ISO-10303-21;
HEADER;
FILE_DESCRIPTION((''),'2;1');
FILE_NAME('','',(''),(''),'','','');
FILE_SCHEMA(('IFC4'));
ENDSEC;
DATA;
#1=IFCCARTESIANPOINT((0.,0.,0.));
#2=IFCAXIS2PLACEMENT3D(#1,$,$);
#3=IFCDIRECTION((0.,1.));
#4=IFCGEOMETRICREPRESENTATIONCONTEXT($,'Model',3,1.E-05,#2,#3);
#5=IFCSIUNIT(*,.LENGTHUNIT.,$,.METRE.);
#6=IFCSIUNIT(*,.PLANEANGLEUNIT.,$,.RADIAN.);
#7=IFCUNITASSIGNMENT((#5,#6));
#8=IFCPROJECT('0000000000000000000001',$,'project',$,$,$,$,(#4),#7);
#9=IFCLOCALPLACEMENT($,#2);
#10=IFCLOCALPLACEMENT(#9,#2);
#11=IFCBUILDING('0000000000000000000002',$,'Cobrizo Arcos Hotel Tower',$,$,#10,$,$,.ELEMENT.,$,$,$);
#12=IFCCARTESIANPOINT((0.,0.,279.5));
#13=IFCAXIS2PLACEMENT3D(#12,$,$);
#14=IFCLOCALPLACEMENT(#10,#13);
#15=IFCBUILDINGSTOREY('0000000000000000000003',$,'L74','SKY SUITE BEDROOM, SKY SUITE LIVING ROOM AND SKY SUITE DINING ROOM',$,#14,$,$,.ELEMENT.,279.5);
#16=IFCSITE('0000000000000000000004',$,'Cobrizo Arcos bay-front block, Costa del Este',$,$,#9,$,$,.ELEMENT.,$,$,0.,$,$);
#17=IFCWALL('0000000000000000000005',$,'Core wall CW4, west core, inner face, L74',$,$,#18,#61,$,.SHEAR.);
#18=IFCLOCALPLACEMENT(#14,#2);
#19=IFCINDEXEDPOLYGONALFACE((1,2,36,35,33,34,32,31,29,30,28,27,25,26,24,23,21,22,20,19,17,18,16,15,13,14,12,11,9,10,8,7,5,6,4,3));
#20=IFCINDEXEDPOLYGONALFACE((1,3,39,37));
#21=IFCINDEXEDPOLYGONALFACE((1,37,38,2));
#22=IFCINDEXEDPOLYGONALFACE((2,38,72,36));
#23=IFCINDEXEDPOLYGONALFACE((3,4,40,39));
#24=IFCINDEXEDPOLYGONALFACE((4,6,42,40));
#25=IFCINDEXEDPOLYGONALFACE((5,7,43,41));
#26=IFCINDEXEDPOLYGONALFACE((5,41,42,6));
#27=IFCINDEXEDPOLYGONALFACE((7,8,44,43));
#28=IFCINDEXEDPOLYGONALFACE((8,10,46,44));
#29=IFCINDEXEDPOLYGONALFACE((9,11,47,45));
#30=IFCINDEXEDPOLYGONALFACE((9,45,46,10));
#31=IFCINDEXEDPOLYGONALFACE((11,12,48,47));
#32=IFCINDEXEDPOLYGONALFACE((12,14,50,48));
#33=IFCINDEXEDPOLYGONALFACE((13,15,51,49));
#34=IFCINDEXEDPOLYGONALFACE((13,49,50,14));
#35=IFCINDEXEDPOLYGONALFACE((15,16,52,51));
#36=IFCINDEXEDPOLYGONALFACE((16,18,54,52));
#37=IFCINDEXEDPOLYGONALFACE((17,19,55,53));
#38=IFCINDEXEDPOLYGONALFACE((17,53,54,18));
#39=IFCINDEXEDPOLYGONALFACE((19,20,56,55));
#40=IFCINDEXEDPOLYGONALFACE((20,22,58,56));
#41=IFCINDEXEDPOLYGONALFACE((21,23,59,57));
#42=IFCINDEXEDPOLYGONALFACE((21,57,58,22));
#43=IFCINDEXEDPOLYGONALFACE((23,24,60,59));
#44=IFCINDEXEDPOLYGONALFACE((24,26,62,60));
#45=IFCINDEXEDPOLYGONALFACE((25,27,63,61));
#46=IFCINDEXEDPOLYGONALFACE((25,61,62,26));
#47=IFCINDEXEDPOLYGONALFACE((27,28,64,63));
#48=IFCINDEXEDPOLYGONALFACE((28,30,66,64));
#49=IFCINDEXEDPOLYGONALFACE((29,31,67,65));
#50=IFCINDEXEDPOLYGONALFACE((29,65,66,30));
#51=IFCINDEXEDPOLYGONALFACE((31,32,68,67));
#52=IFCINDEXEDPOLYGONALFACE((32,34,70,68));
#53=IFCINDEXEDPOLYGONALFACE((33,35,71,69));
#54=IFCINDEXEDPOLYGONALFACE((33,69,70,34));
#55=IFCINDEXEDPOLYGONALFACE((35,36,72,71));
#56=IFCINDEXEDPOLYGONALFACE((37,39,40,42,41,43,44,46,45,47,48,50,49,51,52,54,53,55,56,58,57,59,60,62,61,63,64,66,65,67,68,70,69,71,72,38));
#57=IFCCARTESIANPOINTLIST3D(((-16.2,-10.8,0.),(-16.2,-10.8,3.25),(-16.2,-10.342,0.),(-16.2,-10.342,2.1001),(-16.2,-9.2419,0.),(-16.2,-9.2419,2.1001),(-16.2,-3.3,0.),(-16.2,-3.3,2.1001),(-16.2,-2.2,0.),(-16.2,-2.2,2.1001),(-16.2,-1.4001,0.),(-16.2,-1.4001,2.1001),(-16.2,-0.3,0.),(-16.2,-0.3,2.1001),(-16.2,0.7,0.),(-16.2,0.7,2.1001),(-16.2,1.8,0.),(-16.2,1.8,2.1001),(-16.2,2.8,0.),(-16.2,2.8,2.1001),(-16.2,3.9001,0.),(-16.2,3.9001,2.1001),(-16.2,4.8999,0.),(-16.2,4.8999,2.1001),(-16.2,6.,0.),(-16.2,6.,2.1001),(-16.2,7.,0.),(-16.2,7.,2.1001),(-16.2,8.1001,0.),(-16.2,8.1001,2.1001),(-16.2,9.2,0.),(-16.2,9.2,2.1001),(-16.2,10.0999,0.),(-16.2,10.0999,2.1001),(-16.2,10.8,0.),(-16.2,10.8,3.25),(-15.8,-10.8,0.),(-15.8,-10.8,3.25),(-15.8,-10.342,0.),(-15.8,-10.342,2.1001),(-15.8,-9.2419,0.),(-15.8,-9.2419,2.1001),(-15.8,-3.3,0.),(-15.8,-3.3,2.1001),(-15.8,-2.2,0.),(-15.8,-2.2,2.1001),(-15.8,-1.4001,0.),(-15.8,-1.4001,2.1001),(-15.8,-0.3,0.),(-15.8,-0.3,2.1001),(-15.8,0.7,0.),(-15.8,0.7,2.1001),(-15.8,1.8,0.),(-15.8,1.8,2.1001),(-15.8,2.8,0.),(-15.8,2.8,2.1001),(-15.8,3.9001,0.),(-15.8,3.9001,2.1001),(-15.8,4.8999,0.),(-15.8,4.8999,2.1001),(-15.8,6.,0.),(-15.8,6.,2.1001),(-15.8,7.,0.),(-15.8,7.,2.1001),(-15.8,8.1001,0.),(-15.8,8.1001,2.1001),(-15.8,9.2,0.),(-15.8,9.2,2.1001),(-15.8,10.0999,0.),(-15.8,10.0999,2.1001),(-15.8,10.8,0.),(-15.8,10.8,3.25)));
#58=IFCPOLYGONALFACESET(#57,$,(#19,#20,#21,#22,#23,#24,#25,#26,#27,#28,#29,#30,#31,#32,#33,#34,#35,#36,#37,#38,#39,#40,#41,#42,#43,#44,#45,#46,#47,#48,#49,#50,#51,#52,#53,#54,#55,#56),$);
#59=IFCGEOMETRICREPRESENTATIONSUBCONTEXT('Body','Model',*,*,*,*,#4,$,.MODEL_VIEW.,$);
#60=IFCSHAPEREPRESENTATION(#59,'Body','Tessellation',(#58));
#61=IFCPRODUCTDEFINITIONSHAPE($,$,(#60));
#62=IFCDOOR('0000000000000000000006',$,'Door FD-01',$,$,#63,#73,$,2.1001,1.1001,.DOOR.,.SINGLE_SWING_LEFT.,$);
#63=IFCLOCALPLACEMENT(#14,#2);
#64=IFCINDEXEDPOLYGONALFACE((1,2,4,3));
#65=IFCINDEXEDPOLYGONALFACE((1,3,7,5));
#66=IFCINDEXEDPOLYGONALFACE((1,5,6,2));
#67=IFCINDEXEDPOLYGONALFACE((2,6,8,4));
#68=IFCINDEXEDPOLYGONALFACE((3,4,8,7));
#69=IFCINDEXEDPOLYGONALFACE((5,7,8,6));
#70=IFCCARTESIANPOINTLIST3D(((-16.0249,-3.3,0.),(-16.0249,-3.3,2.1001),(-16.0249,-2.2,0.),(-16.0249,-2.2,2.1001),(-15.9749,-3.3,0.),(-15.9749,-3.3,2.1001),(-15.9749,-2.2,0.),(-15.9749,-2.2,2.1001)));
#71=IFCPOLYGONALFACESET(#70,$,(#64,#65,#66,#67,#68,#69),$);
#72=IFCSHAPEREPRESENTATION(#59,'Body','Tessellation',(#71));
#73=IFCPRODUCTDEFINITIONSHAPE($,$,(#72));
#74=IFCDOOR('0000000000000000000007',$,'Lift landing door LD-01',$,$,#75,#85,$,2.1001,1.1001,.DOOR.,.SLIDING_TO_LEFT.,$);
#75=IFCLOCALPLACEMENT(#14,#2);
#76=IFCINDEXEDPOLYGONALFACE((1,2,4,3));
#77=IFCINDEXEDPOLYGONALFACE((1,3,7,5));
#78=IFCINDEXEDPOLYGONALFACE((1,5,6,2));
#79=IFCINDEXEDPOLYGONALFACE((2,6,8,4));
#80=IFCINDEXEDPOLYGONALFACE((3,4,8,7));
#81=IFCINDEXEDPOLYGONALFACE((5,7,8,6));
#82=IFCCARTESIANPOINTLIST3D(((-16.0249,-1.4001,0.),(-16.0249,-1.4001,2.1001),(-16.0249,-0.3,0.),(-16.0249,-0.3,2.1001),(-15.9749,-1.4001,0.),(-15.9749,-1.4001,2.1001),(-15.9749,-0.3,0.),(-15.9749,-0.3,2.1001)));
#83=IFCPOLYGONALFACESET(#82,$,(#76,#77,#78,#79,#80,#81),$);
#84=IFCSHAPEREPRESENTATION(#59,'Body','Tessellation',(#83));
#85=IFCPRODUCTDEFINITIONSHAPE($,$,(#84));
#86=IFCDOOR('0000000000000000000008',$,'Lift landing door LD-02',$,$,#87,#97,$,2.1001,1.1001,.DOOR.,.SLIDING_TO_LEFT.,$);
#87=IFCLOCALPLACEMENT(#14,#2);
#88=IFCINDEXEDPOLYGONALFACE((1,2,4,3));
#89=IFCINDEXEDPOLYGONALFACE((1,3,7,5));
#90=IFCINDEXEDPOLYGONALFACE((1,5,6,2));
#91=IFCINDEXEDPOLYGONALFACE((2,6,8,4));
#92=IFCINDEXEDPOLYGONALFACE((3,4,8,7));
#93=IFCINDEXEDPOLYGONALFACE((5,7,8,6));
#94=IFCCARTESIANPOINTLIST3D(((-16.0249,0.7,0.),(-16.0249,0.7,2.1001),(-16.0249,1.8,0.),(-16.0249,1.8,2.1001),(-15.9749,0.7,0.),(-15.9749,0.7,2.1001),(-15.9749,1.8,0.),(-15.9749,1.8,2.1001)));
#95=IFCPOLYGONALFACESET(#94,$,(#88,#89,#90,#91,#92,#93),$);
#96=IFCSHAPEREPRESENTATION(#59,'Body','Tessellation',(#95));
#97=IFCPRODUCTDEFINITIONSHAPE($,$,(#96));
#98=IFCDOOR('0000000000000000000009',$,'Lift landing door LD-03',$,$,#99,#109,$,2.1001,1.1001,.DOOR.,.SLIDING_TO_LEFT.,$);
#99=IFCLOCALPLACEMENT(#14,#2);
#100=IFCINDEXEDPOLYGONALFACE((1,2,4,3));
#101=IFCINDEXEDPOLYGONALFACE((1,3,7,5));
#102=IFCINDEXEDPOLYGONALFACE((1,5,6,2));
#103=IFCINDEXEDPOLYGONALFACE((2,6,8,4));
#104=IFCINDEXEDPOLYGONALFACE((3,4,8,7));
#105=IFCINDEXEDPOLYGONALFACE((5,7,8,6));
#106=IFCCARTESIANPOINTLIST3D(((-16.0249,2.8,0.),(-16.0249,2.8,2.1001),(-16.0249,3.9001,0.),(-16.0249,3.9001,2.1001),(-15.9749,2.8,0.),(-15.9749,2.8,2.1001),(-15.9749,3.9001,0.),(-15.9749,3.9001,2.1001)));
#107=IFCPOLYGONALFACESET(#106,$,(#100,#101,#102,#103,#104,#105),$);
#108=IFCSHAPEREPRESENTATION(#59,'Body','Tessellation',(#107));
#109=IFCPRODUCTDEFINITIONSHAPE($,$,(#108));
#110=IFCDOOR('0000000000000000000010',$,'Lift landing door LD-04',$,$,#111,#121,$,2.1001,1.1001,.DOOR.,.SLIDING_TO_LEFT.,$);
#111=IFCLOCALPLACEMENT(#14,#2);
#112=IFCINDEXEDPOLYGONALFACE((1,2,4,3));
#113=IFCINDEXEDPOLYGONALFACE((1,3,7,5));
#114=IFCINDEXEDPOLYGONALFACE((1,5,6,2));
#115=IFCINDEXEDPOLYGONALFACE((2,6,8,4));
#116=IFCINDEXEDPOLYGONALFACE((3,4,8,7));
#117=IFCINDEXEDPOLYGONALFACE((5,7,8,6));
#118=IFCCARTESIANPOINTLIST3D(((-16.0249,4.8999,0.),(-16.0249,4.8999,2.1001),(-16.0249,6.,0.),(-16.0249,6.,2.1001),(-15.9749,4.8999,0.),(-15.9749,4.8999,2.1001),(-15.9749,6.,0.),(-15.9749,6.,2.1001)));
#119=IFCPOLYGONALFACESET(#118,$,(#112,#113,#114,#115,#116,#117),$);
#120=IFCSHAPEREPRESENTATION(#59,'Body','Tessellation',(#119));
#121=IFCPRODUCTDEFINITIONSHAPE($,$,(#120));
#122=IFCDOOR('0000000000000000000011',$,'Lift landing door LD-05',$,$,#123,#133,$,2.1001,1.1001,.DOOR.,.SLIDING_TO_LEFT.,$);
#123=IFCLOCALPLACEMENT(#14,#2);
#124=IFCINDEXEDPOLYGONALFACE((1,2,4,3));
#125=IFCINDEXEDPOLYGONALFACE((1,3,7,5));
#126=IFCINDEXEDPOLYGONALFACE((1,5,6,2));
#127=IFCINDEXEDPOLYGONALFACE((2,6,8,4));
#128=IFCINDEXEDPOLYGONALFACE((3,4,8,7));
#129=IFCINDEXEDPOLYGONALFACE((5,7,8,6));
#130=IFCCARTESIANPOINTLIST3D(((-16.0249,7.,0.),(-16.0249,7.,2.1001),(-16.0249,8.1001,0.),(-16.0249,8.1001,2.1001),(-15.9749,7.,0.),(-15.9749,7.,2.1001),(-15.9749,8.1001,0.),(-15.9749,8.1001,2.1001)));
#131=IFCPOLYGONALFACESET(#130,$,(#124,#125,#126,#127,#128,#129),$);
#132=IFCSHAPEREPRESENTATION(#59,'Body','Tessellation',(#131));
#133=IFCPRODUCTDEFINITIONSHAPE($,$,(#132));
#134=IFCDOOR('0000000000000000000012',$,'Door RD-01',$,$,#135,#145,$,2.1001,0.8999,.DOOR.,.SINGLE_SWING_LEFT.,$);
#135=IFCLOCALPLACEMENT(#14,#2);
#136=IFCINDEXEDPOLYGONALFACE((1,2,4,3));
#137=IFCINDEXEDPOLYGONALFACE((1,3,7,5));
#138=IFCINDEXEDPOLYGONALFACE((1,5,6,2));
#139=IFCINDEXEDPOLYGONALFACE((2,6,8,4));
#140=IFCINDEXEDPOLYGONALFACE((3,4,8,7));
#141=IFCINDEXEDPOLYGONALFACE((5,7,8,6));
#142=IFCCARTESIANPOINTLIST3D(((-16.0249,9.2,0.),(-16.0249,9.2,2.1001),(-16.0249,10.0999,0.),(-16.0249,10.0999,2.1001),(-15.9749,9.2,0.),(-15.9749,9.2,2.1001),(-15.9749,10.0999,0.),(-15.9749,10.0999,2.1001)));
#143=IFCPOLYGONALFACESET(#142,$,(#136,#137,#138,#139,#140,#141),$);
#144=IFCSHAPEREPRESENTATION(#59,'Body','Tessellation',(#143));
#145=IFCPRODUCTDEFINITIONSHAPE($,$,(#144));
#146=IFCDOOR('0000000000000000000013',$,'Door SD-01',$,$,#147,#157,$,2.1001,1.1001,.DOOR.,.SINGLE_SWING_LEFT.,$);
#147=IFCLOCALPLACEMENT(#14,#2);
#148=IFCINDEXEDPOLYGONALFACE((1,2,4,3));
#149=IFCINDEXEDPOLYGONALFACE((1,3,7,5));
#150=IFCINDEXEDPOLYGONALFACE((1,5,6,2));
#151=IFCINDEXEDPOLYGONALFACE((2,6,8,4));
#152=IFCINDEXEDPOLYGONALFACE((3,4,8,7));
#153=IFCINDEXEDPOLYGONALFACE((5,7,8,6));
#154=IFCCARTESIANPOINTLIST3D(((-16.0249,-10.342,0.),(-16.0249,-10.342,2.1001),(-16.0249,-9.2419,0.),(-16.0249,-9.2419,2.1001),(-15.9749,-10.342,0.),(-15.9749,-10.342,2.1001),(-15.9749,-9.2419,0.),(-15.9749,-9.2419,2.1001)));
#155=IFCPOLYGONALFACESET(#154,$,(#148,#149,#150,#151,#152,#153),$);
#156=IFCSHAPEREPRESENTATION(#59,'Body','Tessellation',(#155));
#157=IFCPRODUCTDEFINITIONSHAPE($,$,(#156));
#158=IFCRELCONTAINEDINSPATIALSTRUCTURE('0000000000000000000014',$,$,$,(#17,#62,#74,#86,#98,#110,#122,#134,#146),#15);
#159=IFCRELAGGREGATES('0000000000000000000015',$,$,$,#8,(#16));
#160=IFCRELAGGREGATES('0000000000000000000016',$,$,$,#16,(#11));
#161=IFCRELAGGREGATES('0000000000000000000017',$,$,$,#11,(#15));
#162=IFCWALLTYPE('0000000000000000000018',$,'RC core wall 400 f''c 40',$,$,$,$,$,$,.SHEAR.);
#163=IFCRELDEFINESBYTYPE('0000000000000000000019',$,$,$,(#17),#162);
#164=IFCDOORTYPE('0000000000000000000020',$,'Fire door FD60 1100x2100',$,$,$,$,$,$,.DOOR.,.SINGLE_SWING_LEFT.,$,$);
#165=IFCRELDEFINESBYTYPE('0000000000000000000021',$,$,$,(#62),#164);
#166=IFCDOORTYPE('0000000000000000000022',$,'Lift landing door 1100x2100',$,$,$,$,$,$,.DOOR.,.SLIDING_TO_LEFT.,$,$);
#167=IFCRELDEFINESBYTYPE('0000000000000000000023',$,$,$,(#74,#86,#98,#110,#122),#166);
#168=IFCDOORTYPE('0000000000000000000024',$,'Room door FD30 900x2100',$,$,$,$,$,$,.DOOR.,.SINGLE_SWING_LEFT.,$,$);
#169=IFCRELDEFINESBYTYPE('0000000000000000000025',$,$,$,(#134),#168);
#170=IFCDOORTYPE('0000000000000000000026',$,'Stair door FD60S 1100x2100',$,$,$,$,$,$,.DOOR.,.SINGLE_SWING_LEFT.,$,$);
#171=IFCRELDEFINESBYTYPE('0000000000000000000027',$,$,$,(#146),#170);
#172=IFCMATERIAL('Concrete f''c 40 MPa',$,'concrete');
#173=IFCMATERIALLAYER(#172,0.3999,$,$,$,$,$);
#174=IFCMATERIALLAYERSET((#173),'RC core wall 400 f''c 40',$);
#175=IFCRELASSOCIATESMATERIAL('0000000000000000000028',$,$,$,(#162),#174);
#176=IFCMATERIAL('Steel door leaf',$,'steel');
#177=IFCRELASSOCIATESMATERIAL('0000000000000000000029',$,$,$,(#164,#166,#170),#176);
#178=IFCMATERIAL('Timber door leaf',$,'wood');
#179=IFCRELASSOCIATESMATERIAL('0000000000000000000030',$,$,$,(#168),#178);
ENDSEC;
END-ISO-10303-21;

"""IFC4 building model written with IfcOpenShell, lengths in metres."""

from ifc_helpers import new_model, si_unit, direction, frame, frame_2d, origin, place, context, subcontext, project, spatial, rectangle, extrude, material, layer, layer_set, type_object, element, fill, save


model = new_model("IFC4")

# Units and contexts
model_context = context("Model", 3, precision=1e-05, world=origin(), true_north=direction((0.0, 1.0)))
body_context = subcontext(model_context, "Body", "Model", "MODEL_VIEW")
ifc_project = project(units=[si_unit("LENGTHUNIT", "METRE"), si_unit("PLANEANGLEUNIT", "RADIAN")], contexts=[model_context])

# Site, building, storey
site_placement = place(None, origin())
site = spatial("IfcSite", under=ifc_project, at=site_placement, Name="Cobrizo Arcos bay-front block, Costa del Este", CompositionType="ELEMENT", RefElevation=0.0)
building_placement = place(site_placement, origin())
building = spatial("IfcBuilding", under=site, at=building_placement, Name="Cobrizo Arcos Hotel Tower", CompositionType="ELEMENT")
storey_placement = place(building_placement, frame((0.0, 0.0, 279.5)))
storey = spatial("IfcBuildingStorey", under=building, at=storey_placement, Name="L74", Description="SKY SUITE BEDROOM, SKY SUITE LIVING ROOM AND SKY SUITE DINING ROOM", CompositionType="ELEMENT", Elevation=279.5)

# Wall, openings, doors
ifc_material_1 = material(Name="Concrete f'c 40 MPa", Category="concrete")
ifc_layer_1 = layer(ifc_material_1, 0.3999)
ifc_layer_set_1 = layer_set([ifc_layer_1], Name="RC core wall 400 f'c 40")
wall_type_1 = type_object("IfcWallType", Name="RC core wall 400 f'c 40", PredefinedType="SHEAR", material=ifc_layer_set_1)
wall_1_placement = place(storey_placement, frame((-16.0, -10.8, 0.0), z_axis=(0.0, 0.0, 1.0), x_axis=(0.0, 1.0, 0.0)))
wall_1 = element("IfcWall", 1, at=wall_1_placement, inside=storey, type_object=wall_type_1, Name="Core wall CW4, west core, inner face, L74", PredefinedType="SHEAR", context=body_context, shape_type="SweptSolid", body=[
    extrude(rectangle(XDim=21.6001, YDim=0.3999, at=frame_2d((10.8, 0.0))), origin(), (0.0, 0.0, 1.0), 3.25),
])
opening_1_placement = place(wall_1_placement, frame((9.3999, 0.0, 0.0)))
opening_1 = element("IfcOpeningElement", 2, at=opening_1_placement, cuts=wall_1, PredefinedType="OPENING", context=body_context, shape_type="SweptSolid", body=[
    extrude(rectangle(XDim=1.1001, YDim=2.1001, at=frame_2d((0.55, 1.05))), frame((0.0, 0.2119, 0.0), z_axis=(0.0, -1.0, 0.0), x_axis=(1.0, 0.0, 0.0)), (0.0, 0.0, 1.0), 0.4238),
])
opening_2_placement = place(wall_1_placement, frame((11.5, 0.0, 0.0)))
opening_2 = element("IfcOpeningElement", 3, at=opening_2_placement, cuts=wall_1, PredefinedType="OPENING", context=body_context, shape_type="SweptSolid", body=[
    extrude(rectangle(XDim=1.1001, YDim=2.1001, at=frame_2d((0.55, 1.05))), frame((0.0, 0.2119, 0.0), z_axis=(0.0, -1.0, 0.0), x_axis=(1.0, 0.0, 0.0)), (0.0, 0.0, 1.0), 0.4238),
])
opening_3_placement = place(wall_1_placement, frame((13.6001, 0.0, 0.0)))
opening_3 = element("IfcOpeningElement", 4, at=opening_3_placement, cuts=wall_1, PredefinedType="OPENING", context=body_context, shape_type="SweptSolid", body=[
    extrude(rectangle(XDim=1.1001, YDim=2.1001, at=frame_2d((0.55, 1.05))), frame((0.0, 0.2119, 0.0), z_axis=(0.0, -1.0, 0.0), x_axis=(1.0, 0.0, 0.0)), (0.0, 0.0, 1.0), 0.4238),
])
opening_4_placement = place(wall_1_placement, frame((15.7, 0.0, 0.0)))
opening_4 = element("IfcOpeningElement", 5, at=opening_4_placement, cuts=wall_1, PredefinedType="OPENING", context=body_context, shape_type="SweptSolid", body=[
    extrude(rectangle(XDim=1.1001, YDim=2.1001, at=frame_2d((0.55, 1.05))), frame((0.0, 0.2119, 0.0), z_axis=(0.0, -1.0, 0.0), x_axis=(1.0, 0.0, 0.0)), (0.0, 0.0, 1.0), 0.4238),
])
opening_5_placement = place(wall_1_placement, frame((17.8, 0.0, 0.0)))
opening_5 = element("IfcOpeningElement", 6, at=opening_5_placement, cuts=wall_1, PredefinedType="OPENING", context=body_context, shape_type="SweptSolid", body=[
    extrude(rectangle(XDim=1.1001, YDim=2.1001, at=frame_2d((0.55, 1.05))), frame((0.0, 0.2119, 0.0), z_axis=(0.0, -1.0, 0.0), x_axis=(1.0, 0.0, 0.0)), (0.0, 0.0, 1.0), 0.4238),
])
opening_6_placement = place(wall_1_placement, frame((0.458, 0.0, 0.0)))
opening_6 = element("IfcOpeningElement", 7, at=opening_6_placement, cuts=wall_1, PredefinedType="OPENING", context=body_context, shape_type="SweptSolid", body=[
    extrude(rectangle(XDim=1.1001, YDim=2.1001, at=frame_2d((0.55, 1.05))), frame((0.0, 0.2119, 0.0), z_axis=(0.0, -1.0, 0.0), x_axis=(1.0, 0.0, 0.0)), (0.0, 0.0, 1.0), 0.4238),
])
opening_7_placement = place(wall_1_placement, frame((7.5, 0.0, 0.0)))
opening_7 = element("IfcOpeningElement", 8, at=opening_7_placement, cuts=wall_1, PredefinedType="OPENING", context=body_context, shape_type="SweptSolid", body=[
    extrude(rectangle(XDim=1.1001, YDim=2.1001, at=frame_2d((0.55, 1.05))), frame((0.0, 0.2119, 0.0), z_axis=(0.0, -1.0, 0.0), x_axis=(1.0, 0.0, 0.0)), (0.0, 0.0, 1.0), 0.4238),
])
opening_8_placement = place(wall_1_placement, frame((20.0, 0.0, 0.0)))
opening_8 = element("IfcOpeningElement", 9, at=opening_8_placement, cuts=wall_1, PredefinedType="OPENING", context=body_context, shape_type="SweptSolid", body=[
    extrude(rectangle(XDim=0.8999, YDim=2.1001, at=frame_2d((0.45, 1.05))), frame((0.0, 0.2119, 0.0), z_axis=(0.0, -1.0, 0.0), x_axis=(1.0, 0.0, 0.0)), (0.0, 0.0, 1.0), 0.4238),
])
ifc_material_2 = material(Name="Steel door leaf", Category="steel")
door_type_1 = type_object("IfcDoorType", Name="Fire door FD60 1100x2100", OperationType="SINGLE_SWING_LEFT", PredefinedType="DOOR", material=ifc_material_2)
door_1_placement = place(opening_7_placement, origin())
door_1 = element("IfcDoor", 10, at=door_1_placement, inside=storey, type_object=door_type_1, Name="Door FD-01", OperationType="SINGLE_SWING_LEFT", OverallHeight=2.1001, OverallWidth=1.1001, PredefinedType="DOOR", context=body_context, shape_type="SweptSolid", body=[
    extrude(rectangle(XDim=1.1001, YDim=2.1001, at=frame_2d((0.55, 1.05))), frame((0.0, 0.0249, 0.0), z_axis=(0.0, -1.0, 0.0), x_axis=(1.0, 0.0, 0.0)), (0.0, 0.0, 1.0), 0.05),
])
fill(opening_7, door_1)
door_type_2 = type_object("IfcDoorType", Name="Lift landing door 1100x2100", OperationType="SLIDING_TO_LEFT", PredefinedType="DOOR", material=ifc_material_2)
door_2_placement = place(opening_1_placement, origin())
door_2 = element("IfcDoor", 11, at=door_2_placement, inside=storey, type_object=door_type_2, Name="Lift landing door LD-01", OperationType="SLIDING_TO_LEFT", OverallHeight=2.1001, OverallWidth=1.1001, PredefinedType="DOOR", context=body_context, shape_type="SweptSolid", body=[
    extrude(rectangle(XDim=1.1001, YDim=2.1001, at=frame_2d((0.55, 1.05))), frame((0.0, 0.0249, 0.0), z_axis=(0.0, -1.0, 0.0), x_axis=(1.0, 0.0, 0.0)), (0.0, 0.0, 1.0), 0.05),
])
fill(opening_1, door_2)
door_3_placement = place(opening_2_placement, origin())
door_3 = element("IfcDoor", 12, at=door_3_placement, inside=storey, type_object=door_type_2, Name="Lift landing door LD-02", OperationType="SLIDING_TO_LEFT", OverallHeight=2.1001, OverallWidth=1.1001, PredefinedType="DOOR", context=body_context, shape_type="SweptSolid", body=[
    extrude(rectangle(XDim=1.1001, YDim=2.1001, at=frame_2d((0.55, 1.05))), frame((0.0, 0.0249, 0.0), z_axis=(0.0, -1.0, 0.0), x_axis=(1.0, 0.0, 0.0)), (0.0, 0.0, 1.0), 0.05),
])
fill(opening_2, door_3)
door_4_placement = place(opening_3_placement, origin())
door_4 = element("IfcDoor", 13, at=door_4_placement, inside=storey, type_object=door_type_2, Name="Lift landing door LD-03", OperationType="SLIDING_TO_LEFT", OverallHeight=2.1001, OverallWidth=1.1001, PredefinedType="DOOR", context=body_context, shape_type="SweptSolid", body=[
    extrude(rectangle(XDim=1.1001, YDim=2.1001, at=frame_2d((0.55, 1.05))), frame((0.0, 0.0249, 0.0), z_axis=(0.0, -1.0, 0.0), x_axis=(1.0, 0.0, 0.0)), (0.0, 0.0, 1.0), 0.05),
])
fill(opening_3, door_4)
door_5_placement = place(opening_4_placement, origin())
door_5 = element("IfcDoor", 14, at=door_5_placement, inside=storey, type_object=door_type_2, Name="Lift landing door LD-04", OperationType="SLIDING_TO_LEFT", OverallHeight=2.1001, OverallWidth=1.1001, PredefinedType="DOOR", context=body_context, shape_type="SweptSolid", body=[
    extrude(rectangle(XDim=1.1001, YDim=2.1001, at=frame_2d((0.55, 1.05))), frame((0.0, 0.0249, 0.0), z_axis=(0.0, -1.0, 0.0), x_axis=(1.0, 0.0, 0.0)), (0.0, 0.0, 1.0), 0.05),
])
fill(opening_4, door_5)
door_6_placement = place(opening_5_placement, origin())
door_6 = element("IfcDoor", 15, at=door_6_placement, inside=storey, type_object=door_type_2, Name="Lift landing door LD-05", OperationType="SLIDING_TO_LEFT", OverallHeight=2.1001, OverallWidth=1.1001, PredefinedType="DOOR", context=body_context, shape_type="SweptSolid", body=[
    extrude(rectangle(XDim=1.1001, YDim=2.1001, at=frame_2d((0.55, 1.05))), frame((0.0, 0.0249, 0.0), z_axis=(0.0, -1.0, 0.0), x_axis=(1.0, 0.0, 0.0)), (0.0, 0.0, 1.0), 0.05),
])
fill(opening_5, door_6)
ifc_material_3 = material(Name="Timber door leaf", Category="wood")
door_type_3 = type_object("IfcDoorType", Name="Room door FD30 900x2100", OperationType="SINGLE_SWING_LEFT", PredefinedType="DOOR", material=ifc_material_3)
door_7_placement = place(opening_8_placement, origin())
door_7 = element("IfcDoor", 16, at=door_7_placement, inside=storey, type_object=door_type_3, Name="Door RD-01", OperationType="SINGLE_SWING_LEFT", OverallHeight=2.1001, OverallWidth=0.8999, PredefinedType="DOOR", context=body_context, shape_type="SweptSolid", body=[
    extrude(rectangle(XDim=0.8999, YDim=2.1001, at=frame_2d((0.45, 1.05))), frame((0.0, 0.0249, 0.0), z_axis=(0.0, -1.0, 0.0), x_axis=(1.0, 0.0, 0.0)), (0.0, 0.0, 1.0), 0.05),
])
fill(opening_8, door_7)
door_type_4 = type_object("IfcDoorType", Name="Stair door FD60S 1100x2100", OperationType="SINGLE_SWING_LEFT", PredefinedType="DOOR", material=ifc_material_2)
door_8_placement = place(opening_6_placement, origin())
door_8 = element("IfcDoor", 17, at=door_8_placement, inside=storey, type_object=door_type_4, Name="Door SD-01", OperationType="SINGLE_SWING_LEFT", OverallHeight=2.1001, OverallWidth=1.1001, PredefinedType="DOOR", context=body_context, shape_type="SweptSolid", body=[
    extrude(rectangle(XDim=1.1001, YDim=2.1001, at=frame_2d((0.55, 1.05))), frame((0.0, 0.0249, 0.0), z_axis=(0.0, -1.0, 0.0), x_axis=(1.0, 0.0, 0.0)), (0.0, 0.0, 1.0), 0.05),
])
fill(opening_6, door_8)

save(model, "model.ifc")
